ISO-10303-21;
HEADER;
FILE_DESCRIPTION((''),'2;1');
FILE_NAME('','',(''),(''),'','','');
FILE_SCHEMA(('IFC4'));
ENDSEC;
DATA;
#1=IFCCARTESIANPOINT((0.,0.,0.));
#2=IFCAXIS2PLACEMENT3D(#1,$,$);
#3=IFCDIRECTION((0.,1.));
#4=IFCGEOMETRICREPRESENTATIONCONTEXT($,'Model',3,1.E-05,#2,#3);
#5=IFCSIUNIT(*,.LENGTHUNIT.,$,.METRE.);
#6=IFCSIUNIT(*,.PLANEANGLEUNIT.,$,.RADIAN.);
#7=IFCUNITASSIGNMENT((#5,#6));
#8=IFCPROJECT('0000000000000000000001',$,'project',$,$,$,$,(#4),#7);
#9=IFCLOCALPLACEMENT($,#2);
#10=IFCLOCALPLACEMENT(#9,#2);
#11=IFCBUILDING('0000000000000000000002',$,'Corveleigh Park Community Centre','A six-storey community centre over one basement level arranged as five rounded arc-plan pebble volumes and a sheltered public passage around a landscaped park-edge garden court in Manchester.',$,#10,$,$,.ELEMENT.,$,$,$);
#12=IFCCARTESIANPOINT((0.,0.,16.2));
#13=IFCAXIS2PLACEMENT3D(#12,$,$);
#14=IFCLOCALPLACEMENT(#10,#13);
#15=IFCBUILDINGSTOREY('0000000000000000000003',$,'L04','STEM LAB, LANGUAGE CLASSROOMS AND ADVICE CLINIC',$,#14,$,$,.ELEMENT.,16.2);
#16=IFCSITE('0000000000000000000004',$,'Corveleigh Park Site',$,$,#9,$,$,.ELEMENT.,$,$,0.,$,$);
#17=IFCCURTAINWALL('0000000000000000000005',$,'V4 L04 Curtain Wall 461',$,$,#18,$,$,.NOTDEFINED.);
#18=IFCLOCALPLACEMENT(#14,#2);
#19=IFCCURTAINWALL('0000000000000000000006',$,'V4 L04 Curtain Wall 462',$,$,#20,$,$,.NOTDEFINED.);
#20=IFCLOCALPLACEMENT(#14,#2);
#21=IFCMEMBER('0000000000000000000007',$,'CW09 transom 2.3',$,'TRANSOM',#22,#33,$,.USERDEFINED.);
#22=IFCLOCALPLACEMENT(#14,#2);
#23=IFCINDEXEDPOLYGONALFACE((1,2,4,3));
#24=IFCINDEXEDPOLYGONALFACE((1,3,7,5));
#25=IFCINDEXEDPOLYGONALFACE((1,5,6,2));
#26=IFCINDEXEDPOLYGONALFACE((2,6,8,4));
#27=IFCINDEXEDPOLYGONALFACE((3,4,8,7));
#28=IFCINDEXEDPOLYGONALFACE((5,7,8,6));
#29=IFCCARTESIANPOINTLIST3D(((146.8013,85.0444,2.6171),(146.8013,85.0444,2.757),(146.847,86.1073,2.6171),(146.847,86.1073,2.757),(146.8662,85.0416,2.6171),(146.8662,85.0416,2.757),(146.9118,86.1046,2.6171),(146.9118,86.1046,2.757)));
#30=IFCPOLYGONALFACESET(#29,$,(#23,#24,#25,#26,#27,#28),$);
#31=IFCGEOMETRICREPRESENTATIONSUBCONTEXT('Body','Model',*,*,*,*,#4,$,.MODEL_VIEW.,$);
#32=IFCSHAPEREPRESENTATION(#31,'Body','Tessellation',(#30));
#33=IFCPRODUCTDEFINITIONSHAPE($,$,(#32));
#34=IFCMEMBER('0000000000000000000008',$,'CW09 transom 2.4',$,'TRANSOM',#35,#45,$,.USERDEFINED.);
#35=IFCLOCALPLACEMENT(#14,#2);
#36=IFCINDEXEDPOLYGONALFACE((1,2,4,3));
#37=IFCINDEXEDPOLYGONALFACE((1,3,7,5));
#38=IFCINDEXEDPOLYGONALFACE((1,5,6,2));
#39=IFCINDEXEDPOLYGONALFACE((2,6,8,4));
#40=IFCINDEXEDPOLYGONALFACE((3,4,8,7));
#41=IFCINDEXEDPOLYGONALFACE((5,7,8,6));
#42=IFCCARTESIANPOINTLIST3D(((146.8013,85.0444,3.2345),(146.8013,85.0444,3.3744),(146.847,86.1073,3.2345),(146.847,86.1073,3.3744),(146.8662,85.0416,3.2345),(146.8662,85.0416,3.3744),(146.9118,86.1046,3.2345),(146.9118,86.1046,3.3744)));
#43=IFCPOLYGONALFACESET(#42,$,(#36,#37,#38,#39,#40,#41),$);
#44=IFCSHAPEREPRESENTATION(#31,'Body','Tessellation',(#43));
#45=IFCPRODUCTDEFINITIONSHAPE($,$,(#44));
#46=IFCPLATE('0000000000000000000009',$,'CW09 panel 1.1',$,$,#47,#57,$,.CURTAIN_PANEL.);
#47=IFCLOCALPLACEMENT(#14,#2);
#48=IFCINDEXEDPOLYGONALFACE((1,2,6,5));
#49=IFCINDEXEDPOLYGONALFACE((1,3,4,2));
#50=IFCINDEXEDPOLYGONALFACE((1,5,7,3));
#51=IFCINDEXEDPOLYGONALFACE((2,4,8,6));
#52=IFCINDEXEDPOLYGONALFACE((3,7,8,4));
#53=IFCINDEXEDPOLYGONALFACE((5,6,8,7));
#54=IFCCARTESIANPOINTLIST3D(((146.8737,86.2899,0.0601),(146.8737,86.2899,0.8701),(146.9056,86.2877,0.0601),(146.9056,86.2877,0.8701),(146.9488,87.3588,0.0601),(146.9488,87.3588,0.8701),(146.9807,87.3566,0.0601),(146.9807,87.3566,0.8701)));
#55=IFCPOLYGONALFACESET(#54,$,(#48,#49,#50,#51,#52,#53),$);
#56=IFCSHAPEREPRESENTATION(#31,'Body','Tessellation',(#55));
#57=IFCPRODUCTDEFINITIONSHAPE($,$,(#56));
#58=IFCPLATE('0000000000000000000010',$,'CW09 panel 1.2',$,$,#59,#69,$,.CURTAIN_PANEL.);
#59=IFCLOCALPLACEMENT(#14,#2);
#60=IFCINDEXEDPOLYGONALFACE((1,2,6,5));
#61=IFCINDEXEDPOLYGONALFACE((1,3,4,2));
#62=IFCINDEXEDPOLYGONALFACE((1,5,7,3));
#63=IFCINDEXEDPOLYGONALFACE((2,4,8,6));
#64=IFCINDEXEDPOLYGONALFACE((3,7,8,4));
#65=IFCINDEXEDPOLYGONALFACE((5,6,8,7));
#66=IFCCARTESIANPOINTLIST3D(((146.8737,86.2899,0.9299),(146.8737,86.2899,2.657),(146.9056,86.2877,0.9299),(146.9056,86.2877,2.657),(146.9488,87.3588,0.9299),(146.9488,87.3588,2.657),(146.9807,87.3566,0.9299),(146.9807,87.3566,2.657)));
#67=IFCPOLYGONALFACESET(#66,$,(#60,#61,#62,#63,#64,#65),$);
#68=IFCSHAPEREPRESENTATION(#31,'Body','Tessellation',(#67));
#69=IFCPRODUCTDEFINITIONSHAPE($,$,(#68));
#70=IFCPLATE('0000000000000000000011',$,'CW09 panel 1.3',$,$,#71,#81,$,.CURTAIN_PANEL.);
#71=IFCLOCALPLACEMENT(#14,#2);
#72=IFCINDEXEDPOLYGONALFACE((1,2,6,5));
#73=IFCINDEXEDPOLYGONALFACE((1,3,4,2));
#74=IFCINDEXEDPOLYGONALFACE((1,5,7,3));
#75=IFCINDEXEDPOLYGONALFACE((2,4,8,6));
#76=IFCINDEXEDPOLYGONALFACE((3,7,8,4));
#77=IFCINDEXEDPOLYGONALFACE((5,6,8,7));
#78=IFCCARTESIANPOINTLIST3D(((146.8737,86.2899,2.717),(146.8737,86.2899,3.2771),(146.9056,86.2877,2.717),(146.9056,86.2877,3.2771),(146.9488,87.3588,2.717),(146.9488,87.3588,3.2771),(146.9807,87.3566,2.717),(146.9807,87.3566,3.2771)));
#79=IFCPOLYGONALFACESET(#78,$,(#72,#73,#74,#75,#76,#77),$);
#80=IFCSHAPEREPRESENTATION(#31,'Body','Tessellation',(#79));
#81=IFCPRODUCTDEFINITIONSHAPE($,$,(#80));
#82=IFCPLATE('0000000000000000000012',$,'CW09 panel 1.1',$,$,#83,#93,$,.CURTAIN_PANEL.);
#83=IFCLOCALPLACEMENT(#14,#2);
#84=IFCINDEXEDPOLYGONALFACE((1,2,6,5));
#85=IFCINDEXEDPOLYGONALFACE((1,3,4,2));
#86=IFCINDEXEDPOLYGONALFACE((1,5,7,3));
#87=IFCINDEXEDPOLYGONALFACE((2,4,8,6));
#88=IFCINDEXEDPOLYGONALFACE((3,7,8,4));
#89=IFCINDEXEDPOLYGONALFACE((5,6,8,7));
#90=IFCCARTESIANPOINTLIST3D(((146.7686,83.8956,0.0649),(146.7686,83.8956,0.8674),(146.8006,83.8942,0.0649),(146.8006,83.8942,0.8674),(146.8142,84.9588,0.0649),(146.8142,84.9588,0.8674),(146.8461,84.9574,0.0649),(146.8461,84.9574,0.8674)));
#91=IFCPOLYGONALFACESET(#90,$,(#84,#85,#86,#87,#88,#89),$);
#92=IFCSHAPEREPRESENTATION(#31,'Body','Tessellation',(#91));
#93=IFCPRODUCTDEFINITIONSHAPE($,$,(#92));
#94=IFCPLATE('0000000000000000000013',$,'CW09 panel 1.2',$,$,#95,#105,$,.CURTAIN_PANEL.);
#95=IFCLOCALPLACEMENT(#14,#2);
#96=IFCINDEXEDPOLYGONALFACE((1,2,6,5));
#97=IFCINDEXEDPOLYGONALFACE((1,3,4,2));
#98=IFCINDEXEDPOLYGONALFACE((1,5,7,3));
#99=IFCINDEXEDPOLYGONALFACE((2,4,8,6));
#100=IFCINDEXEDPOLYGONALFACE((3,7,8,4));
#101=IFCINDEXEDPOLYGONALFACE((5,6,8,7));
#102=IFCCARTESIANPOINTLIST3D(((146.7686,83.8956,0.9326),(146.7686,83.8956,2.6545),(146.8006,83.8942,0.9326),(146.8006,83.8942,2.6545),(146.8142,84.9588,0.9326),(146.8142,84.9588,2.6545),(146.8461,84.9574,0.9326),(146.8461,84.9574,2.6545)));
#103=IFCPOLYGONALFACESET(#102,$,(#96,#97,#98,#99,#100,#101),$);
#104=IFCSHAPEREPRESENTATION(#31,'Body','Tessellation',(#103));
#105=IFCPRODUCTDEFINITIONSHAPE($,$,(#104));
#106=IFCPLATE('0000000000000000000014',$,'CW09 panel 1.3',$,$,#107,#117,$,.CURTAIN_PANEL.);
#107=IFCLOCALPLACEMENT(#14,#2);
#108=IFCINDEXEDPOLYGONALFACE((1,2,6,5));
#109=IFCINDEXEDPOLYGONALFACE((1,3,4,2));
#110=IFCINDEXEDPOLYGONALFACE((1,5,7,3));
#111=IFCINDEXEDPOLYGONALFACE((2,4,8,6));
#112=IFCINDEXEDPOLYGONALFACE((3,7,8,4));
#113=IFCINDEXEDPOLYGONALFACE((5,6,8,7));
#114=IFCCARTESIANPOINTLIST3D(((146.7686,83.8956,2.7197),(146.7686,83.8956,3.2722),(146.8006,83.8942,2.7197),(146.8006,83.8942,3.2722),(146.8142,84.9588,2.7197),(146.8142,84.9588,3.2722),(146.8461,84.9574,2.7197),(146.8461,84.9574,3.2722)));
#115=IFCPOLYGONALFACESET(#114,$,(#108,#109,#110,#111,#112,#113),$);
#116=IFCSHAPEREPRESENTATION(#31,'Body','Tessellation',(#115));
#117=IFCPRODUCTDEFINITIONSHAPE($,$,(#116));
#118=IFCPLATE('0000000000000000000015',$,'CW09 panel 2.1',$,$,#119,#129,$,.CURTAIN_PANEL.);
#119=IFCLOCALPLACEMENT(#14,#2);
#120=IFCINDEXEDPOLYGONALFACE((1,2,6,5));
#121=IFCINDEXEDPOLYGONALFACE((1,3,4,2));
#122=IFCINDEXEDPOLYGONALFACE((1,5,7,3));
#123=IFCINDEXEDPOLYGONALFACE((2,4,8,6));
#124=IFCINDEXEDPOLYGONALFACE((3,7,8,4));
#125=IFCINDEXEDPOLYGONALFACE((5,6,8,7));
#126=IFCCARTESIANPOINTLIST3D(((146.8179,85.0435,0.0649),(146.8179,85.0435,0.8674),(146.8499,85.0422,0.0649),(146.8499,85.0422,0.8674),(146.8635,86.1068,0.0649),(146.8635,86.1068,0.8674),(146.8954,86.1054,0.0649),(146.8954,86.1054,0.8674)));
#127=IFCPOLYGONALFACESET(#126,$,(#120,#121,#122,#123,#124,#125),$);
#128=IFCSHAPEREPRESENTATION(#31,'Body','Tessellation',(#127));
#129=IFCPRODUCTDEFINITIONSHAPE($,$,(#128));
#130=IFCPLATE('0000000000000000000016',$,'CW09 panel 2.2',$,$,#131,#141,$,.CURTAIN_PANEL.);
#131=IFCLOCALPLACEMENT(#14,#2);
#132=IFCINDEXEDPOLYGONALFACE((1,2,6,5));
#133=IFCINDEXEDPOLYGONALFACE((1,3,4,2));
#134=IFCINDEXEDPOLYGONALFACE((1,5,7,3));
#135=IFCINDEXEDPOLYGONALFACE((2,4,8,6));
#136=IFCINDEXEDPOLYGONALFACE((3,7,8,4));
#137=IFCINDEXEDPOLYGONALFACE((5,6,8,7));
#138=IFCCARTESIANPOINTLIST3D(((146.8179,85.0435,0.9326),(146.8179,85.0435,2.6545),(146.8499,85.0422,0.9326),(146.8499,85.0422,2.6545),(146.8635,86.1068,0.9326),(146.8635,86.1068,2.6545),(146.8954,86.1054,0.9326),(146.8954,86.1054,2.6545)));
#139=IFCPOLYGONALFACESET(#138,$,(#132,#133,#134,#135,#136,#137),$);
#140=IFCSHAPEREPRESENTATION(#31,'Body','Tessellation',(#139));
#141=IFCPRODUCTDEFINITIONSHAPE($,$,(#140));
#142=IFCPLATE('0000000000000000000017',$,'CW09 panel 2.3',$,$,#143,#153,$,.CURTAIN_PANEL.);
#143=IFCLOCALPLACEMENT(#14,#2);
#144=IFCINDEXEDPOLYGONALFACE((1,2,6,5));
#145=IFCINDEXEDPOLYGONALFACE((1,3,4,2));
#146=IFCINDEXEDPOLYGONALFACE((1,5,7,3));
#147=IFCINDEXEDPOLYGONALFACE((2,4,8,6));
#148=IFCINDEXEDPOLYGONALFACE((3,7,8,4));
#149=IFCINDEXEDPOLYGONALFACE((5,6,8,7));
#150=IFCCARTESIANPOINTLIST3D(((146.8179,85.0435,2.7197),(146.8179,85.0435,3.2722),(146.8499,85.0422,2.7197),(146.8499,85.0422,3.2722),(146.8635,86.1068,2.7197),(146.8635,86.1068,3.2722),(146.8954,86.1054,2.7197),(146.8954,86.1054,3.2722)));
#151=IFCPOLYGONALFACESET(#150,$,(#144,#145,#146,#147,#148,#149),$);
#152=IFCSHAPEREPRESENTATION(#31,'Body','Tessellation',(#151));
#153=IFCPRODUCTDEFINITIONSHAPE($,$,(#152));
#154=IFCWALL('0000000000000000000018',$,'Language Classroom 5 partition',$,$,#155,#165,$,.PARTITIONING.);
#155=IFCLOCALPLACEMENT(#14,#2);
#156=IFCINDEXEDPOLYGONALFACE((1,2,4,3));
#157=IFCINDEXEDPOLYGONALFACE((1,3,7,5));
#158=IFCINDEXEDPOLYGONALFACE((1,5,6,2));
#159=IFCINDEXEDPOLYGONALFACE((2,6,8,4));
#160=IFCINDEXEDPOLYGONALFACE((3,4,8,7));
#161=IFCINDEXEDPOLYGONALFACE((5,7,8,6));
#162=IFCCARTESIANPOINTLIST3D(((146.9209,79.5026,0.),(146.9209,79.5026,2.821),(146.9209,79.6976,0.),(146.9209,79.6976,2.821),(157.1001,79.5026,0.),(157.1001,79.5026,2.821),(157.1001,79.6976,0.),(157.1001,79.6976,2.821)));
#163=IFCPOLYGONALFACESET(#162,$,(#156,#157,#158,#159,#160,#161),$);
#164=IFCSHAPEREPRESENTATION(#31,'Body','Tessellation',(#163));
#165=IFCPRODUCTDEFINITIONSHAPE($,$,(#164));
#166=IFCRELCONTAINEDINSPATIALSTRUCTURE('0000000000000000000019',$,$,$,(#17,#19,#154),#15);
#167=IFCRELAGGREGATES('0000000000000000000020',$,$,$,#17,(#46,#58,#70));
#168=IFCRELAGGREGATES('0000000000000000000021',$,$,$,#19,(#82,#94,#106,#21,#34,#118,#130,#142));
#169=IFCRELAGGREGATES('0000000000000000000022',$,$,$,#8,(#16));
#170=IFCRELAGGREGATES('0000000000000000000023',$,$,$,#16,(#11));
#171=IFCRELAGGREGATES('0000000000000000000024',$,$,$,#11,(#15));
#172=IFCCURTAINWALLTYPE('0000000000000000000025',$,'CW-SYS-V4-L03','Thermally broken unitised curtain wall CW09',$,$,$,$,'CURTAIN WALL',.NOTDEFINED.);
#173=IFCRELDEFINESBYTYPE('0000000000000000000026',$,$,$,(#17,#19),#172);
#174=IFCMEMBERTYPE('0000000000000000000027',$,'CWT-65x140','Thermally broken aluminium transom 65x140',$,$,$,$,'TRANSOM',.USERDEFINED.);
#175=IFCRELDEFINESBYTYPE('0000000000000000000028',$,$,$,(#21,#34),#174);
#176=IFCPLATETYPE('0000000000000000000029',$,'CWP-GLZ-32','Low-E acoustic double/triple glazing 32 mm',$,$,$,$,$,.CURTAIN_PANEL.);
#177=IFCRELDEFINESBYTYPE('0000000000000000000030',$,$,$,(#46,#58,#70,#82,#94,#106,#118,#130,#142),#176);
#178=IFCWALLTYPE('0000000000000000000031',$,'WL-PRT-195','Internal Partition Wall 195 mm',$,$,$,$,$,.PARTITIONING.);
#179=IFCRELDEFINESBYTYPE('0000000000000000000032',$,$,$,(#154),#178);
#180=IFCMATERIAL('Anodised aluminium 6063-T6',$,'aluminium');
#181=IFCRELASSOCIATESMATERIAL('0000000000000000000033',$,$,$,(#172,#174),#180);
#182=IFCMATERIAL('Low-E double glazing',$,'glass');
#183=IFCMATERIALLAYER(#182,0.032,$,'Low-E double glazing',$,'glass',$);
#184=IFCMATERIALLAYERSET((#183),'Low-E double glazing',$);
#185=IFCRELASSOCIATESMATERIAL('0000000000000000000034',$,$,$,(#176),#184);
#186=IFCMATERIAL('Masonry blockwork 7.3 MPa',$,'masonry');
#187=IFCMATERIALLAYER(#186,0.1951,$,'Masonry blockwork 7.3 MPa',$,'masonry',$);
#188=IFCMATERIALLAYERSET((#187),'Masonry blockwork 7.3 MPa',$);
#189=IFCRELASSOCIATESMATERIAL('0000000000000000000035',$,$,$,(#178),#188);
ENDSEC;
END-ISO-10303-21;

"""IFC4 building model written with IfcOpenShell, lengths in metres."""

from ifc_helpers import new_model, si_unit, direction, frame, frame_2d, origin, origin_2d, place, context, subcontext, project, spatial, rectangle, extrude, material, layer, layer_set, material_profile, profile_set, type_object, element, aggregate, save


model = new_model("IFC4")

# Units and contexts
model_context = context("Model", 3, precision=1e-05, world=origin(), true_north=direction((0.0, 1.0)))
body_context = subcontext(model_context, "Body", "Model", "MODEL_VIEW")
ifc_project = project(units=[si_unit("LENGTHUNIT", "METRE"), si_unit("PLANEANGLEUNIT", "RADIAN")], contexts=[model_context])

# Site, building, storey
site_placement = place(None, origin())
site = spatial("IfcSite", under=ifc_project, at=site_placement, Name="Corveleigh Park Site", CompositionType="ELEMENT", RefElevation=0.0)
building_placement = place(site_placement, origin())
building = spatial("IfcBuilding", under=site, at=building_placement, Name="Corveleigh Park Community Centre", Description="A six-storey community centre over one basement level arranged as five rounded arc-plan pebble volumes and a sheltered public passage around a landscaped park-edge garden court in Manchester.", CompositionType="ELEMENT")
storey_placement = place(building_placement, frame((0.0, 0.0, 16.2)))
storey = spatial("IfcBuildingStorey", under=building, at=storey_placement, Name="L04", Description="STEM LAB, LANGUAGE CLASSROOMS AND ADVICE CLINIC", CompositionType="ELEMENT", Elevation=16.2)

# Curtain walls
ifc_material_1 = material(Name="Anodised aluminium 6063-T6", Category="aluminium")
curtain_wall_type = type_object("IfcCurtainWallType", Name="CW-SYS-V4-L03", Description="Thermally broken unitised curtain wall CW09", ElementType="CURTAIN WALL", PredefinedType="NOTDEFINED", material=ifc_material_1)
curtain_wall_1_placement = place(storey_placement, origin())
curtain_wall_1 = element("IfcCurtainWall", 1, at=curtain_wall_1_placement, inside=storey, type_object=curtain_wall_type, Name="V4 L04 Curtain Wall 461", PredefinedType="NOTDEFINED")
curtain_wall_2_placement = place(storey_placement, origin())
curtain_wall_2 = element("IfcCurtainWall", 2, at=curtain_wall_2_placement, inside=storey, type_object=curtain_wall_type, Name="V4 L04 Curtain Wall 462", PredefinedType="NOTDEFINED")

# Members
ifc_material_profile_1 = material_profile(ifc_material_1, rectangle(XDim=0.0649, YDim=0.1399, at=origin_2d()), Name="ALU-T65x140", Category="aluminium")
ifc_profile_set_1 = profile_set([ifc_material_profile_1], Name="Anodised aluminium 6063-T6")
member_type_1 = type_object("IfcMemberType", Name="CWT-65x140", Description="Thermally broken aluminium transom 65x140", ElementType="TRANSOM", PredefinedType="USERDEFINED", material=ifc_profile_set_1)
member_1_placement = place(storey_placement, frame((146.8337, 85.043, 2.687), z_axis=(0.042909, 0.999079, 0.0), x_axis=(-0.999079, 0.042909, 0.0)))
member_1 = element("IfcMember", 3, at=member_1_placement, type_object=member_type_1, Name="CW09 transom 2.3", ObjectType="TRANSOM", PredefinedType="USERDEFINED", context=body_context, shape_type="SweptSolid", body=[
    extrude(rectangle(XDim=0.0649, YDim=0.1399, at=origin_2d()), origin(), (0.0, 0.0, 1.0), 1.064),
])
member_2_placement = place(storey_placement, frame((146.8337, 85.043, 3.3044), z_axis=(0.042909, 0.999079, 0.0), x_axis=(-0.999079, 0.042909, 0.0)))
member_2 = element("IfcMember", 4, at=member_2_placement, type_object=member_type_1, Name="CW09 transom 2.4", ObjectType="TRANSOM", PredefinedType="USERDEFINED", context=body_context, shape_type="SweptSolid", body=[
    extrude(rectangle(XDim=0.0649, YDim=0.1399, at=origin_2d()), origin(), (0.0, 0.0, 1.0), 1.064),
])

# Plates
ifc_material_2 = material(Name="Low-E double glazing", Category="glass")
ifc_layer_1 = layer(ifc_material_2, 0.032, Name="Low-E double glazing", Category="glass")
ifc_layer_set_1 = layer_set([ifc_layer_1], Name="Low-E double glazing")
plate_type = type_object("IfcPlateType", Name="CWP-GLZ-32", Description="Low-E acoustic double/triple glazing 32 mm", PredefinedType="CURTAIN_PANEL", material=ifc_layer_set_1)
plate_1_placement = place(storey_placement, frame((146.9272, 86.8232, 0.0601), z_axis=(0.0, 0.0, 1.0), x_axis=(0.070084, 0.997541, 0.0)))
plate_1 = element("IfcPlate", 5, at=plate_1_placement, type_object=plate_type, Name="CW09 panel 1.1", PredefinedType="CURTAIN_PANEL", context=body_context, shape_type="SweptSolid", body=[
    extrude(rectangle(XDim=1.0715, YDim=0.032, at=origin_2d()), origin(), (0.0, 0.0, 1.0), 0.8101),
])
plate_2_placement = place(storey_placement, frame((146.9272, 86.8232, 0.9299), z_axis=(0.0, 0.0, 1.0), x_axis=(0.070084, 0.997541, 0.0)))
plate_2 = element("IfcPlate", 6, at=plate_2_placement, type_object=plate_type, Name="CW09 panel 1.2", PredefinedType="CURTAIN_PANEL", context=body_context, shape_type="SweptSolid", body=[
    extrude(rectangle(XDim=1.0715, YDim=0.032, at=origin_2d()), origin(), (0.0, 0.0, 1.0), 1.7271),
])
plate_3_placement = place(storey_placement, frame((146.9272, 86.8232, 2.717), z_axis=(0.0, 0.0, 1.0), x_axis=(0.070084, 0.997541, 0.0)))
plate_3 = element("IfcPlate", 7, at=plate_3_placement, type_object=plate_type, Name="CW09 panel 1.3", PredefinedType="CURTAIN_PANEL", context=body_context, shape_type="SweptSolid", body=[
    extrude(rectangle(XDim=1.0715, YDim=0.032, at=origin_2d()), origin(), (0.0, 0.0, 1.0), 0.5601),
])
aggregate(curtain_wall_1, [plate_1, plate_2, plate_3])
plate_4_placement = place(storey_placement, frame((146.8074, 84.4265, 0.0649), z_axis=(0.0, 0.0, 1.0), x_axis=(0.0428, 0.999084, 0.0)))
plate_4 = element("IfcPlate", 8, at=plate_4_placement, type_object=plate_type, Name="CW09 panel 1.1", PredefinedType="CURTAIN_PANEL", context=body_context, shape_type="SweptSolid", body=[
    extrude(rectangle(XDim=1.0642, YDim=0.032, at=origin_2d()), origin(), (0.0, 0.0, 1.0), 0.8025),
])
plate_5_placement = place(storey_placement, frame((146.8074, 84.4265, 0.9326), z_axis=(0.0, 0.0, 1.0), x_axis=(0.0428, 0.999084, 0.0)))
plate_5 = element("IfcPlate", 9, at=plate_5_placement, type_object=plate_type, Name="CW09 panel 1.2", PredefinedType="CURTAIN_PANEL", context=body_context, shape_type="SweptSolid", body=[
    extrude(rectangle(XDim=1.0642, YDim=0.032, at=origin_2d()), origin(), (0.0, 0.0, 1.0), 1.7219),
])
plate_6_placement = place(storey_placement, frame((146.8074, 84.4265, 2.7197), z_axis=(0.0, 0.0, 1.0), x_axis=(0.0428, 0.999084, 0.0)))
plate_6 = element("IfcPlate", 10, at=plate_6_placement, type_object=plate_type, Name="CW09 panel 1.3", PredefinedType="CURTAIN_PANEL", context=body_context, shape_type="SweptSolid", body=[
    extrude(rectangle(XDim=1.0642, YDim=0.032, at=origin_2d()), origin(), (0.0, 0.0, 1.0), 0.5525),
])
plate_7_placement = place(storey_placement, frame((146.8567, 85.5745, 0.0649), z_axis=(0.0, 0.0, 1.0), x_axis=(0.0428, 0.999084, 0.0)))
plate_7 = element("IfcPlate", 11, at=plate_7_placement, type_object=plate_type, Name="CW09 panel 2.1", PredefinedType="CURTAIN_PANEL", context=body_context, shape_type="SweptSolid", body=[
    extrude(rectangle(XDim=1.0642, YDim=0.032, at=origin_2d()), origin(), (0.0, 0.0, 1.0), 0.8025),
])
plate_8_placement = place(storey_placement, frame((146.8567, 85.5745, 0.9326), z_axis=(0.0, 0.0, 1.0), x_axis=(0.0428, 0.999084, 0.0)))
plate_8 = element("IfcPlate", 12, at=plate_8_placement, type_object=plate_type, Name="CW09 panel 2.2", PredefinedType="CURTAIN_PANEL", context=body_context, shape_type="SweptSolid", body=[
    extrude(rectangle(XDim=1.0642, YDim=0.032, at=origin_2d()), origin(), (0.0, 0.0, 1.0), 1.7219),
])
plate_9_placement = place(storey_placement, frame((146.8567, 85.5745, 2.7197), z_axis=(0.0, 0.0, 1.0), x_axis=(0.0428, 0.999084, 0.0)))
plate_9 = element("IfcPlate", 13, at=plate_9_placement, type_object=plate_type, Name="CW09 panel 2.3", PredefinedType="CURTAIN_PANEL", context=body_context, shape_type="SweptSolid", body=[
    extrude(rectangle(XDim=1.0642, YDim=0.032, at=origin_2d()), origin(), (0.0, 0.0, 1.0), 0.5525),
])
aggregate(curtain_wall_2, [plate_4, plate_5, plate_6, member_1, member_2, plate_7, plate_8, plate_9])

# Wall
ifc_material_3 = material(Name="Masonry blockwork 7.3 MPa", Category="masonry")
ifc_layer_2 = layer(ifc_material_3, 0.1951, Name="Masonry blockwork 7.3 MPa", Category="masonry")
ifc_layer_set_2 = layer_set([ifc_layer_2], Name="Masonry blockwork 7.3 MPa")
wall_type = type_object("IfcWallType", Name="WL-PRT-195", Description="Internal Partition Wall 195 mm", PredefinedType="PARTITIONING", material=ifc_layer_set_2)
wall_placement = place(storey_placement, frame((146.9209, 79.6001, 0.0), z_axis=(0.0, 0.0, 1.0), x_axis=(1.0, 0.0, 0.0)))
element("IfcWall", 14, at=wall_placement, inside=storey, type_object=wall_type, Name="Language Classroom 5 partition", PredefinedType="PARTITIONING", context=body_context, shape_type="SweptSolid", body=[
    extrude(rectangle(XDim=10.1792, YDim=0.1951, at=frame_2d((5.0896, 0.0))), origin(), (0.0, 0.0, 1.0), 2.821),
])

save(model, "model.ifc")
